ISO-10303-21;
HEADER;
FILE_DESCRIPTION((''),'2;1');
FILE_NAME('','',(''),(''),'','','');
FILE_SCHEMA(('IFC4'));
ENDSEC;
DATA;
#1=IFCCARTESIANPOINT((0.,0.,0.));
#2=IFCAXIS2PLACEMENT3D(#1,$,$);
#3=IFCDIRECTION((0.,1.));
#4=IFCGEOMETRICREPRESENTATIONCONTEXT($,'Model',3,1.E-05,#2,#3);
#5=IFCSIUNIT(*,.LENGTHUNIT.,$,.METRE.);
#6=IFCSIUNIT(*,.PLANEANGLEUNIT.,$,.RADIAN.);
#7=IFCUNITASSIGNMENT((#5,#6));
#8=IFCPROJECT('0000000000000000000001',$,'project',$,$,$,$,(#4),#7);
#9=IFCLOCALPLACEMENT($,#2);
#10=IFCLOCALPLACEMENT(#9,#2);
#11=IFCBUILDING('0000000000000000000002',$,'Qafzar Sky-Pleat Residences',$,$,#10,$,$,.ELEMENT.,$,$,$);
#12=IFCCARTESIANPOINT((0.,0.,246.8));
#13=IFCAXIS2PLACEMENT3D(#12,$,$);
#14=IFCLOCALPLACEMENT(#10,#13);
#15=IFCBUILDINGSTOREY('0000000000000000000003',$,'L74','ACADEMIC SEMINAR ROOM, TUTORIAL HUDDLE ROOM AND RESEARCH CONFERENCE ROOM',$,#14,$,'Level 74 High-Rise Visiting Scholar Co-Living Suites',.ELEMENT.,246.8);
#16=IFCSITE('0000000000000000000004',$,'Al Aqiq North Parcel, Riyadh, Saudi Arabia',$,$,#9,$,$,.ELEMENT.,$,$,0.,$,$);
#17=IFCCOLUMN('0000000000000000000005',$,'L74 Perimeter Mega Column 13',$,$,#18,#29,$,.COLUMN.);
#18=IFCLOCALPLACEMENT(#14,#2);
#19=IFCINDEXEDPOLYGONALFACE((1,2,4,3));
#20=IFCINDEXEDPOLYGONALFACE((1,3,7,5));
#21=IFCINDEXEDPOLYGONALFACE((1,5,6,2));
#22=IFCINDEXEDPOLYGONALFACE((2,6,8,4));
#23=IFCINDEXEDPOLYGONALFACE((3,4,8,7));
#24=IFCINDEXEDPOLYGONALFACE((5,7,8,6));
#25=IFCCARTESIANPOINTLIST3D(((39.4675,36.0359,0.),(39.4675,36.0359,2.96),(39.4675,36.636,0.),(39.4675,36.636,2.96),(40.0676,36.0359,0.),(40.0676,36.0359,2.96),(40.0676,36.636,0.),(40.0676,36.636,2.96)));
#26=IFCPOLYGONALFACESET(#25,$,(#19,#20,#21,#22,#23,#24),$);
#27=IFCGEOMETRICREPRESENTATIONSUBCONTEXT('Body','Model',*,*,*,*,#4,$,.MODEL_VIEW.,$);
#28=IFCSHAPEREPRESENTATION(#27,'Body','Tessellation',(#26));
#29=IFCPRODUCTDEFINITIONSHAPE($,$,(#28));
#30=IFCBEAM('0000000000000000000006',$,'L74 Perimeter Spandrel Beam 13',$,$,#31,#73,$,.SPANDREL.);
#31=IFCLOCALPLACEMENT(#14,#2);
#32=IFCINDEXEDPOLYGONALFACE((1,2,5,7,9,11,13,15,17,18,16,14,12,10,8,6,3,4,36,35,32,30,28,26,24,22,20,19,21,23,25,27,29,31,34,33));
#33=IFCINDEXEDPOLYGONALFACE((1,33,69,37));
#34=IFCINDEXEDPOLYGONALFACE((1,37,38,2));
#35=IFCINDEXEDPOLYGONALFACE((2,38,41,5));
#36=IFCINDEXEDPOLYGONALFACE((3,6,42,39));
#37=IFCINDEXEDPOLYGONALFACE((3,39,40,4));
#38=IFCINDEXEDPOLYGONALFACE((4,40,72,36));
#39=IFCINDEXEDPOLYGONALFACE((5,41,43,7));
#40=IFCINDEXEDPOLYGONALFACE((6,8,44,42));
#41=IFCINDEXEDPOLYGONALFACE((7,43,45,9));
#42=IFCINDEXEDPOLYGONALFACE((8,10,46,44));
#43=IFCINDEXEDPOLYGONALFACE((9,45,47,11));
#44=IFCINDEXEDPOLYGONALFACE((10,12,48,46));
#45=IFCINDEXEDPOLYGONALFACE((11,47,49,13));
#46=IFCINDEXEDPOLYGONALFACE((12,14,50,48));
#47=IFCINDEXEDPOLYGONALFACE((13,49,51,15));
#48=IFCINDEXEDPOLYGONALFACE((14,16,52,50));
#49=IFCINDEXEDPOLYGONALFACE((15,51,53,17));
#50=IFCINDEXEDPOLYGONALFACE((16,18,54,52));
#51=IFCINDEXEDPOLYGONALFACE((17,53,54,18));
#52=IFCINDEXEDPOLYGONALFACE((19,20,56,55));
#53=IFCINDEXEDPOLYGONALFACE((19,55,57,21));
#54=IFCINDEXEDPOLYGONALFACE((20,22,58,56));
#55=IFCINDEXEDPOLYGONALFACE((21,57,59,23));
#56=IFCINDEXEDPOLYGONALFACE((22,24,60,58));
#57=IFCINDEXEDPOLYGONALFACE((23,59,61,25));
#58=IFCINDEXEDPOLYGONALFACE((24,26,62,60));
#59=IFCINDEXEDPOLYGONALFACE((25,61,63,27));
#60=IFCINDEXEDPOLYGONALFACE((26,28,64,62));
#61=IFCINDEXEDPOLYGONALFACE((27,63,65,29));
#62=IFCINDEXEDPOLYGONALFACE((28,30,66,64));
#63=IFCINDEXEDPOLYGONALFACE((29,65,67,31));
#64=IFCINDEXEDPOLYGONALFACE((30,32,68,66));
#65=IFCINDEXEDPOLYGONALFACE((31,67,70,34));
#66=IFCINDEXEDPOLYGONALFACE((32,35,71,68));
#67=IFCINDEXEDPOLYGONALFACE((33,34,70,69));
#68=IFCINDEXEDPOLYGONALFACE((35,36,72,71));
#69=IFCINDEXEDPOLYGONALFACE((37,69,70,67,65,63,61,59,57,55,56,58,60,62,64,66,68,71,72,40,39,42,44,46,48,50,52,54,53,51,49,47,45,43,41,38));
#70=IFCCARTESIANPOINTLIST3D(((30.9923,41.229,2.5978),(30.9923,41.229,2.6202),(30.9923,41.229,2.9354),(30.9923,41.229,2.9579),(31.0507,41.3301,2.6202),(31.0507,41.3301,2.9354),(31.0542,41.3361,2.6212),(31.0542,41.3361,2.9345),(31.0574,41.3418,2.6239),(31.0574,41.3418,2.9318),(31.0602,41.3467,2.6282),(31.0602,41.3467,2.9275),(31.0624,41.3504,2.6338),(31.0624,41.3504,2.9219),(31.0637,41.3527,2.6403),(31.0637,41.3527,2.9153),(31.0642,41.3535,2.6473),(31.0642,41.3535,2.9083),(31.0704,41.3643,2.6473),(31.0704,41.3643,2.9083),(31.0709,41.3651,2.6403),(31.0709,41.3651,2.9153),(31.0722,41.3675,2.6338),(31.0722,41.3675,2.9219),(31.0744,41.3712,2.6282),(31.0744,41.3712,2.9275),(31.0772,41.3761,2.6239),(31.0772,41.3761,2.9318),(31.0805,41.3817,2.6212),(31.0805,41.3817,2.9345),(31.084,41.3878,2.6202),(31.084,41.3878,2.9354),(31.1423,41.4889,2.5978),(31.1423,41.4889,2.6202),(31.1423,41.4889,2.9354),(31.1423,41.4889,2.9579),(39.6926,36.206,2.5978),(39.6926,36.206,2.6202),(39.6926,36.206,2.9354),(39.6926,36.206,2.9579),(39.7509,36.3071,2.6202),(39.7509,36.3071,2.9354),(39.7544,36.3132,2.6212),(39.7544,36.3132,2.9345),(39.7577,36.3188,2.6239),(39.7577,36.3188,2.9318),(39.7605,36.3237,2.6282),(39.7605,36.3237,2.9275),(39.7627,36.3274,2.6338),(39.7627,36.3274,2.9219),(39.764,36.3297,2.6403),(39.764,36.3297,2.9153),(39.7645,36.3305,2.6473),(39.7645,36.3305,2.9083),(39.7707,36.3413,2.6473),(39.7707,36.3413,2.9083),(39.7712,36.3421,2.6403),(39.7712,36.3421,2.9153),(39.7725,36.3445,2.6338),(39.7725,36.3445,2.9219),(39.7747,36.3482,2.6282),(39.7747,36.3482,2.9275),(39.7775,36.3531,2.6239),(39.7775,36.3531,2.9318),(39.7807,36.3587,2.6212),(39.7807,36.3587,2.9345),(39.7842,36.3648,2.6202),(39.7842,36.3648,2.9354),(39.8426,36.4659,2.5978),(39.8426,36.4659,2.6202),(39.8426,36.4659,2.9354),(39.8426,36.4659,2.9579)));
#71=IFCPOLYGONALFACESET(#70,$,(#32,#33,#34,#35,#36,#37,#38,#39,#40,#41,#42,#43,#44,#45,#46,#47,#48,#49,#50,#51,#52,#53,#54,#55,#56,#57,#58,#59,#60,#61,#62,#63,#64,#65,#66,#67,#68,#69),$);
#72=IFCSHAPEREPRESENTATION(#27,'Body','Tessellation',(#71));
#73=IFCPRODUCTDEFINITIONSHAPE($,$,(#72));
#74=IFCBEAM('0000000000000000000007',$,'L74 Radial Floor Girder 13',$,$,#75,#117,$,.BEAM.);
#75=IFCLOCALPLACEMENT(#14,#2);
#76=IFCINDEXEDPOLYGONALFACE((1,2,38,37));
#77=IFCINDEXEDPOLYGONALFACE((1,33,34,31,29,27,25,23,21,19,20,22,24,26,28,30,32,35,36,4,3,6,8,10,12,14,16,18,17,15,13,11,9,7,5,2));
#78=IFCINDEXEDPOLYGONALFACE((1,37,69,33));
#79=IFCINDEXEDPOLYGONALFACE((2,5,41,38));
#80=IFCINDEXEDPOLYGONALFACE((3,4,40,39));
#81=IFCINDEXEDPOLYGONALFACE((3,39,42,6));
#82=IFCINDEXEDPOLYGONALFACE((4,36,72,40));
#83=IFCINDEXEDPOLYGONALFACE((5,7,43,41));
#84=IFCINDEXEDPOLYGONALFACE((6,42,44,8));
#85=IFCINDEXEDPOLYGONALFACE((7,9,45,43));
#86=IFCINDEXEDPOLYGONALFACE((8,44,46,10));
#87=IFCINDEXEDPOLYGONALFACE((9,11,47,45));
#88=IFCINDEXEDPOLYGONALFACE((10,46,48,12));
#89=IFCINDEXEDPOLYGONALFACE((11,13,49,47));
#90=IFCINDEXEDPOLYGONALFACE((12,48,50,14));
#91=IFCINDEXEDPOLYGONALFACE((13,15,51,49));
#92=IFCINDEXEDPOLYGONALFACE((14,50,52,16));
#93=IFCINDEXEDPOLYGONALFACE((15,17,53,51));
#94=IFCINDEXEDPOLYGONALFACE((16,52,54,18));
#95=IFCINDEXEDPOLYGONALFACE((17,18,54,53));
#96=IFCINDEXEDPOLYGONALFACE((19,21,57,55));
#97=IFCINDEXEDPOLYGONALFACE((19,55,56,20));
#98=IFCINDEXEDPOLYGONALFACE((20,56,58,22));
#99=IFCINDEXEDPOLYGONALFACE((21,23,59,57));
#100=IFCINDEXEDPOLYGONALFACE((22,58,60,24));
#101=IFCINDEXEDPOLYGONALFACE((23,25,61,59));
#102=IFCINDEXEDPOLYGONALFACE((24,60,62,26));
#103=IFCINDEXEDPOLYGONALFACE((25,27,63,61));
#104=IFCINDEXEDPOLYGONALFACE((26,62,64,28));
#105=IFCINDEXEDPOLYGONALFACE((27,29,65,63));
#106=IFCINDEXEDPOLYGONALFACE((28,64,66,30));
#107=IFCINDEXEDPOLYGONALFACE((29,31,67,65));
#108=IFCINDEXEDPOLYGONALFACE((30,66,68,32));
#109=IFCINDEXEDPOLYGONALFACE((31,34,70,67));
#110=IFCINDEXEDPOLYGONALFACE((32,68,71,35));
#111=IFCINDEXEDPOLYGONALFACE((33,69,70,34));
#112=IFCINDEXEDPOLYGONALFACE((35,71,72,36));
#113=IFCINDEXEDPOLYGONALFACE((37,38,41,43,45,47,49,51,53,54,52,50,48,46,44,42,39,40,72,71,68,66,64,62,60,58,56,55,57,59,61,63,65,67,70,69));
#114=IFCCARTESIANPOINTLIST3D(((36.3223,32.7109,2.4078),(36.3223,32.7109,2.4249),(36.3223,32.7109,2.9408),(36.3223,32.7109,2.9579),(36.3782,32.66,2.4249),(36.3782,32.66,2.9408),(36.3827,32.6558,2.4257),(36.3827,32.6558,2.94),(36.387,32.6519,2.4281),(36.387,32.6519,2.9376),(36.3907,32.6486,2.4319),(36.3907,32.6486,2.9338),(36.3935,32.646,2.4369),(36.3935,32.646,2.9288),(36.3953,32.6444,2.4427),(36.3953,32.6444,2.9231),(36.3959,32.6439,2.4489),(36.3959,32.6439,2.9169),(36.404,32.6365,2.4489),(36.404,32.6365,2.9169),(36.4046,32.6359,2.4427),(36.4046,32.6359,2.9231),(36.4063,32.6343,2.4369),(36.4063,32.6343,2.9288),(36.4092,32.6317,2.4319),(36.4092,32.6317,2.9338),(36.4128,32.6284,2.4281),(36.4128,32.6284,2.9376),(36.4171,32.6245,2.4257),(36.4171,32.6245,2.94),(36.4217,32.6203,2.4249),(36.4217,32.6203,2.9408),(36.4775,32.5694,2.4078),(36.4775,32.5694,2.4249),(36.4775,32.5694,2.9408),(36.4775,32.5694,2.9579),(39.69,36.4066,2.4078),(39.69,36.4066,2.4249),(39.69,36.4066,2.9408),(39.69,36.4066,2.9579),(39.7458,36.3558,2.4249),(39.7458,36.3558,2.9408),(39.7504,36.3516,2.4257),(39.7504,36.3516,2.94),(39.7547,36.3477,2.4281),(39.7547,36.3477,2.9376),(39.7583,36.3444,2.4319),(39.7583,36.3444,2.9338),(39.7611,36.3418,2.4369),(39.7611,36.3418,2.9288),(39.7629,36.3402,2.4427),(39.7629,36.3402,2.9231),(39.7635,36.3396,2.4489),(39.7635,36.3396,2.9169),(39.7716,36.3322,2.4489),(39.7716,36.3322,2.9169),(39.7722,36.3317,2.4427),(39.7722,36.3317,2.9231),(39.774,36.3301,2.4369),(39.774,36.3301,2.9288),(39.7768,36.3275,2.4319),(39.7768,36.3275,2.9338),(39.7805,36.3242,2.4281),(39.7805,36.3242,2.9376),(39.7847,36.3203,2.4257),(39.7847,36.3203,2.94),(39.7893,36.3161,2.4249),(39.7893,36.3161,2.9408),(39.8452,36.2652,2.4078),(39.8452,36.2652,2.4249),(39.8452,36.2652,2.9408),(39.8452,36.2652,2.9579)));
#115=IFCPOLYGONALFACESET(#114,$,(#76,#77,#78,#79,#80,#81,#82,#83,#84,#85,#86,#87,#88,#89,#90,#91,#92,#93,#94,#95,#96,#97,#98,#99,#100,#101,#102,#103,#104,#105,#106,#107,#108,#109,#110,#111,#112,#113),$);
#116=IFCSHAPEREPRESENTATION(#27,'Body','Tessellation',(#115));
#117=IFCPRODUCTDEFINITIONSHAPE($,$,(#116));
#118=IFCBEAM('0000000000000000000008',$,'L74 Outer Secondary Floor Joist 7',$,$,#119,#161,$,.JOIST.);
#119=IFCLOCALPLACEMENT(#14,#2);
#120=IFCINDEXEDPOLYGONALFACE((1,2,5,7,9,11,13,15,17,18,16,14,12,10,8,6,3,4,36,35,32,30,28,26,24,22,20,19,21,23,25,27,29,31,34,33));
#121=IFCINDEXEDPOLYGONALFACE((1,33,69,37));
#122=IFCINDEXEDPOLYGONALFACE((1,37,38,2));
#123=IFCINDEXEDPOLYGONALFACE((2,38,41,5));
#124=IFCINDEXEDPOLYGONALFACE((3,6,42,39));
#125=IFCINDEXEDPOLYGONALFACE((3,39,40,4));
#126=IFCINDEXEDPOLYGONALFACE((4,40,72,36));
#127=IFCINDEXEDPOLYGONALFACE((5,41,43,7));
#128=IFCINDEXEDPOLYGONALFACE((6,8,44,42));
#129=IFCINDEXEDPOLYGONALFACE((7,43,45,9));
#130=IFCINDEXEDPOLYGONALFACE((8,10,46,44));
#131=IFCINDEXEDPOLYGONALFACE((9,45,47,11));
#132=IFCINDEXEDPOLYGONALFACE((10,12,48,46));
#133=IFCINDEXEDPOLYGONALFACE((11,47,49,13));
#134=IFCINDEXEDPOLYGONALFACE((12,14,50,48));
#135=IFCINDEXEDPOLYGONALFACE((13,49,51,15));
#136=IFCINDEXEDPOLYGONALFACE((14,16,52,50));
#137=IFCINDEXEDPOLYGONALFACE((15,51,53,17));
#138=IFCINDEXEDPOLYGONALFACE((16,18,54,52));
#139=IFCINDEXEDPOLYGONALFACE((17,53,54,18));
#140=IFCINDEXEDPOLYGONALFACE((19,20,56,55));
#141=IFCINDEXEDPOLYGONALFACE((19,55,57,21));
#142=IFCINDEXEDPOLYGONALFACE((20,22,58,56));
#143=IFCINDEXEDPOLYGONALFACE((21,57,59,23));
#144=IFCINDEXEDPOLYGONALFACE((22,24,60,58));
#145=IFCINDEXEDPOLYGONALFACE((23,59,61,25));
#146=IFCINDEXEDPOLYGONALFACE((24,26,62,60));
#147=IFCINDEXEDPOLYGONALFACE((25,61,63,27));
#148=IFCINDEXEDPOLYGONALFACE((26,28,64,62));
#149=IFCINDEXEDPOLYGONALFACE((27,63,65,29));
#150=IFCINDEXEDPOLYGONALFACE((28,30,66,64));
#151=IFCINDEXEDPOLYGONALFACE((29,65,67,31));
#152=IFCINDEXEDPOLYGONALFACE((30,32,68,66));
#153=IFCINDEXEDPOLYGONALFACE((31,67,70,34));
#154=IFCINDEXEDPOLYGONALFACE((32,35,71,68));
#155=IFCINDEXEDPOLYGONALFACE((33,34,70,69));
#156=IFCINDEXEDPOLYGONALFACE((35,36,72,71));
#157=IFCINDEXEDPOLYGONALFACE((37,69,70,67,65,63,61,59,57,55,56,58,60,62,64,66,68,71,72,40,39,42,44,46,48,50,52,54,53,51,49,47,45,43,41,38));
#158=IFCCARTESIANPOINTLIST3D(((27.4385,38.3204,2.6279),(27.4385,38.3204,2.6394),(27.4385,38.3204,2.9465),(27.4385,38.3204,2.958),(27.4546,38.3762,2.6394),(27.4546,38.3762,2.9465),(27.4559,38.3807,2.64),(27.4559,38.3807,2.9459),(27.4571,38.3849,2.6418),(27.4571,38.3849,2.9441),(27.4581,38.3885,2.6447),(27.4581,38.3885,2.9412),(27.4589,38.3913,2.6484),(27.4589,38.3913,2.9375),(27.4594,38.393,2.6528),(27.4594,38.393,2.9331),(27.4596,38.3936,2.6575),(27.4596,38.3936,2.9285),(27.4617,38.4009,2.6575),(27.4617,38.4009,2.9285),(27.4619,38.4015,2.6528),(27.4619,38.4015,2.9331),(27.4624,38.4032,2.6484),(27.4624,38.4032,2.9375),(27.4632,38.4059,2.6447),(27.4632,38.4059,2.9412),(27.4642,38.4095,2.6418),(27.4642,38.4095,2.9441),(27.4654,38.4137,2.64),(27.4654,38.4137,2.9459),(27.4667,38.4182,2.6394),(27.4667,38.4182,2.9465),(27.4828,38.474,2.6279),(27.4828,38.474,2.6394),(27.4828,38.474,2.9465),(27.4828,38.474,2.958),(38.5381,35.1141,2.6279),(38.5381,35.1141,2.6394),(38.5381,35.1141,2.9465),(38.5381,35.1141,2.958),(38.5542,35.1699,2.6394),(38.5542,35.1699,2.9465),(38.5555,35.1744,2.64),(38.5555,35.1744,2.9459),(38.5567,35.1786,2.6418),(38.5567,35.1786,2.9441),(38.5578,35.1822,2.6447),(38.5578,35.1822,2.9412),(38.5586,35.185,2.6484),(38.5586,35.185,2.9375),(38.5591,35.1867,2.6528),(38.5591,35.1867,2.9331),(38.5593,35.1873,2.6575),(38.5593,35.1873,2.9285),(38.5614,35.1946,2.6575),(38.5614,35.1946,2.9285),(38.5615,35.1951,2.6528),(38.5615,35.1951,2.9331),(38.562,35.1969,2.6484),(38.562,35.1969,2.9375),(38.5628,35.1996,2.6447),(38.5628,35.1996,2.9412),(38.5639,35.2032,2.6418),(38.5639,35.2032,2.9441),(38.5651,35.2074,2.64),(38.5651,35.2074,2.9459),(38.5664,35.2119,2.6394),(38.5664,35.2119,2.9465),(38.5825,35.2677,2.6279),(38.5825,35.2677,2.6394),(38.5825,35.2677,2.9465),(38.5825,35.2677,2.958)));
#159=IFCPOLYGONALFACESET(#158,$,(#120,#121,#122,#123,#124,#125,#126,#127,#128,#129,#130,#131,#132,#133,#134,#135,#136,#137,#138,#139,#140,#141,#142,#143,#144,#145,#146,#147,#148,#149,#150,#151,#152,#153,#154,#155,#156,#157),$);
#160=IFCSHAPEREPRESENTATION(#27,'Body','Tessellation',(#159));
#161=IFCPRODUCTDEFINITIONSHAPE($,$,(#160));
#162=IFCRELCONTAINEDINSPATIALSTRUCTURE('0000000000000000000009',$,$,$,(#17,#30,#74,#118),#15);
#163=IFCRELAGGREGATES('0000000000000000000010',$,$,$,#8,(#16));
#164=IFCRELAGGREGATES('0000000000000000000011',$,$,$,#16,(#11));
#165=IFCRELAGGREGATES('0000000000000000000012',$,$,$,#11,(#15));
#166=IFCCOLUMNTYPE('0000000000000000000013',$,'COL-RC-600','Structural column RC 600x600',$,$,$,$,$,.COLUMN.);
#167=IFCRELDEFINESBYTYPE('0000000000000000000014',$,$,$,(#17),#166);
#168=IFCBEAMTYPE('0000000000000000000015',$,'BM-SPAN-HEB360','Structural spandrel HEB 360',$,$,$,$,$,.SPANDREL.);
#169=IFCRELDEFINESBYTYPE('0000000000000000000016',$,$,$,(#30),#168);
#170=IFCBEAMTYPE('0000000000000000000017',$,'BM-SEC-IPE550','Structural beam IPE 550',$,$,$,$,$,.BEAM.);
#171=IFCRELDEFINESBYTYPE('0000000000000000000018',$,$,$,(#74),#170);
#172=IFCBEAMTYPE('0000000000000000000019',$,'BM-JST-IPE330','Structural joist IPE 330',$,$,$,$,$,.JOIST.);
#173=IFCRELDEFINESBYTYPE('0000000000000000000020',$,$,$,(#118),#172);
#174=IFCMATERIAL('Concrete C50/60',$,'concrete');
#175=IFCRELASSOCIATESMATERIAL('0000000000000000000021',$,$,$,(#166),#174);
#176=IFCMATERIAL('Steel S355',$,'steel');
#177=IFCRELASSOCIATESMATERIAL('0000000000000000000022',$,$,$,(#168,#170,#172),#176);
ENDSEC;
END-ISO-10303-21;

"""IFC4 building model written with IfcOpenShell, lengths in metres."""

from ifc_helpers import new_model, si_unit, direction, frame, origin, origin_2d, place, context, subcontext, project, spatial, rectangle, i_section, extrude, source, transform, mapped, material, material_profile, profile_set, type_object, element, save


model = new_model("IFC4")

# Units and contexts
model_context = context("Model", 3, precision=1e-05, world=origin(), true_north=direction((0.0, 1.0)))
body_context = subcontext(model_context, "Body", "Model", "MODEL_VIEW")
ifc_project = project(units=[si_unit("LENGTHUNIT", "METRE"), si_unit("PLANEANGLEUNIT", "RADIAN")], contexts=[model_context])

# Site, building, storey
site_placement = place(None, origin())
site = spatial("IfcSite", under=ifc_project, at=site_placement, Name="Al Aqiq North Parcel, Riyadh, Saudi Arabia", CompositionType="ELEMENT", RefElevation=0.0)
building_placement = place(site_placement, origin())
building = spatial("IfcBuilding", under=site, at=building_placement, Name="Qafzar Sky-Pleat Residences", CompositionType="ELEMENT")
storey_placement = place(building_placement, frame((0.0, 0.0, 246.8)))
storey = spatial("IfcBuildingStorey", under=building, at=storey_placement, Name="L74", Description="ACADEMIC SEMINAR ROOM, TUTORIAL HUDDLE ROOM AND RESEARCH CONFERENCE ROOM", LongName="Level 74 High-Rise Visiting Scholar Co-Living Suites", CompositionType="ELEMENT", Elevation=246.8)

# Column
ifc_material_1 = material(Name="Concrete C50/60", Category="concrete")
ifc_material_profile_1 = material_profile(ifc_material_1, rectangle(XDim=0.6001, YDim=0.6001, at=origin_2d()), Name="RC 600x600")
ifc_profile_set_1 = profile_set([ifc_material_profile_1], Name="Concrete C50/60")
column_type = type_object("IfcColumnType", Name="COL-RC-600", Description="Structural column RC 600x600", PredefinedType="COLUMN", material=ifc_profile_set_1)
shared_shape_1 = source(origin(), body_context, "Body", "SweptSolid", [
    extrude(rectangle(XDim=0.6001, YDim=0.6001, at=origin_2d()), origin(), (0.0, 0.0, 1.0), 2.96),
])
column_placement = place(storey_placement, frame((39.7676, 36.3359, 0.0), z_axis=(0.0, 0.0, 1.0), x_axis=(1.0, 0.0, 0.0)))
element("IfcColumn", 1, at=column_placement, inside=storey, type_object=column_type, Name="L74 Perimeter Mega Column 13", PredefinedType="COLUMN", context=body_context, shape_type="MappedRepresentation", body=[
    mapped(shared_shape_1, transform((0.0, 0.0, 0.0), x_axis=(1.0, 0.0, 0.0), y_axis=(0.0, 1.0, 0.0), z_axis=(0.0, 0.0, 1.0), scale=1.0)),
])

# Beams
ifc_material_2 = material(Name="Steel S355", Category="steel")
ifc_material_profile_2 = material_profile(ifc_material_2, i_section(OverallWidth=0.3, OverallDepth=0.3601, WebThickness=0.0125, FlangeThickness=0.0225, FilletRadius=0.0271, at=origin_2d()), Name="HEB 360")
ifc_profile_set_2 = profile_set([ifc_material_profile_2], Name="Steel S355")
beam_type_1 = type_object("IfcBeamType", Name="BM-SPAN-HEB360", Description="Structural spandrel HEB 360", PredefinedType="SPANDREL", material=ifc_profile_set_2)
shared_shape_2 = source(origin(), body_context, "Body", "SweptSolid", [
    extrude(i_section(OverallWidth=0.3, OverallDepth=0.3601, WebThickness=0.0125, FlangeThickness=0.0225, FilletRadius=0.0271, at=origin_2d()), origin(), (0.0, 0.0, 1.0), 10.0461),
])
beam_1_placement = place(storey_placement, frame((39.7676, 36.3359, 2.7778), z_axis=(-0.86603, 0.499992, 0.0), x_axis=(-0.499992, -0.86603, 0.0)))
element("IfcBeam", 2, at=beam_1_placement, inside=storey, type_object=beam_type_1, Name="L74 Perimeter Spandrel Beam 13", PredefinedType="SPANDREL", context=body_context, shape_type="MappedRepresentation", body=[
    mapped(shared_shape_2, transform((0.0, 0.0, 0.0), x_axis=(1.0, 0.0, 0.0), y_axis=(0.0, 1.0, 0.0), z_axis=(0.0, 0.0, 1.0), scale=1.0)),
])
ifc_material_profile_3 = material_profile(ifc_material_2, i_section(OverallWidth=0.21, OverallDepth=0.55, WebThickness=0.011, FlangeThickness=0.0171, FilletRadius=0.0239, at=origin_2d()), Name="IPE 550")
ifc_profile_set_3 = profile_set([ifc_material_profile_3], Name="Steel S355")
beam_type_2 = type_object("IfcBeamType", Name="BM-SEC-IPE550", Description="Structural beam IPE 550", PredefinedType="BEAM", material=ifc_profile_set_3)
shared_shape_3 = source(origin(), body_context, "Body", "SweptSolid", [
    extrude(i_section(OverallWidth=0.21, OverallDepth=0.55, WebThickness=0.011, FlangeThickness=0.0171, FilletRadius=0.0239, at=origin_2d()), origin(), (0.0, 0.0, 1.0), 5.0),
])
beam_2_placement = place(storey_placement, frame((39.7676, 36.3359, 2.6829), z_axis=(-0.673533, -0.739157, 0.0), x_axis=(0.739157, -0.673533, 0.0)))
element("IfcBeam", 3, at=beam_2_placement, inside=storey, type_object=beam_type_2, Name="L74 Radial Floor Girder 13", PredefinedType="BEAM", context=body_context, shape_type="MappedRepresentation", body=[
    mapped(shared_shape_3, transform((0.0, 0.0, 0.0), x_axis=(1.0, 0.0, 0.0), y_axis=(0.0, 1.0, 0.0), z_axis=(0.0, 0.0, 1.0), scale=1.0)),
])
ifc_material_profile_4 = material_profile(ifc_material_2, i_section(OverallWidth=0.1599, OverallDepth=0.3301, WebThickness=0.0076, FlangeThickness=0.0115, FilletRadius=0.0181, at=origin_2d()), Name="IPE 330")
ifc_profile_set_4 = profile_set([ifc_material_profile_4], Name="Steel S355")
beam_type_3 = type_object("IfcBeamType", Name="BM-JST-IPE330", Description="Structural joist IPE 330", PredefinedType="JOIST", material=ifc_profile_set_4)
shared_shape_4 = source(origin(), body_context, "Body", "SweptSolid", [
    extrude(i_section(OverallWidth=0.1599, OverallDepth=0.3301, WebThickness=0.0076, FlangeThickness=0.0115, FilletRadius=0.0181, at=origin_2d()), origin(), (0.0, 0.0, 1.0), 11.5535),
])
beam_3_placement = place(storey_placement, frame((38.5603, 35.1909, 2.793), z_axis=(-0.96072, 0.277519, 0.0), x_axis=(-0.277519, -0.96072, 0.0)))
element("IfcBeam", 4, at=beam_3_placement, inside=storey, type_object=beam_type_3, Name="L74 Outer Secondary Floor Joist 7", PredefinedType="JOIST", context=body_context, shape_type="MappedRepresentation", body=[
    mapped(shared_shape_4, transform((0.0, 0.0, 0.0), x_axis=(1.0, 0.0, 0.0), y_axis=(0.0, 1.0, 0.0), z_axis=(0.0, 0.0, 1.0), scale=1.0)),
])

save(model, "model.ifc")
